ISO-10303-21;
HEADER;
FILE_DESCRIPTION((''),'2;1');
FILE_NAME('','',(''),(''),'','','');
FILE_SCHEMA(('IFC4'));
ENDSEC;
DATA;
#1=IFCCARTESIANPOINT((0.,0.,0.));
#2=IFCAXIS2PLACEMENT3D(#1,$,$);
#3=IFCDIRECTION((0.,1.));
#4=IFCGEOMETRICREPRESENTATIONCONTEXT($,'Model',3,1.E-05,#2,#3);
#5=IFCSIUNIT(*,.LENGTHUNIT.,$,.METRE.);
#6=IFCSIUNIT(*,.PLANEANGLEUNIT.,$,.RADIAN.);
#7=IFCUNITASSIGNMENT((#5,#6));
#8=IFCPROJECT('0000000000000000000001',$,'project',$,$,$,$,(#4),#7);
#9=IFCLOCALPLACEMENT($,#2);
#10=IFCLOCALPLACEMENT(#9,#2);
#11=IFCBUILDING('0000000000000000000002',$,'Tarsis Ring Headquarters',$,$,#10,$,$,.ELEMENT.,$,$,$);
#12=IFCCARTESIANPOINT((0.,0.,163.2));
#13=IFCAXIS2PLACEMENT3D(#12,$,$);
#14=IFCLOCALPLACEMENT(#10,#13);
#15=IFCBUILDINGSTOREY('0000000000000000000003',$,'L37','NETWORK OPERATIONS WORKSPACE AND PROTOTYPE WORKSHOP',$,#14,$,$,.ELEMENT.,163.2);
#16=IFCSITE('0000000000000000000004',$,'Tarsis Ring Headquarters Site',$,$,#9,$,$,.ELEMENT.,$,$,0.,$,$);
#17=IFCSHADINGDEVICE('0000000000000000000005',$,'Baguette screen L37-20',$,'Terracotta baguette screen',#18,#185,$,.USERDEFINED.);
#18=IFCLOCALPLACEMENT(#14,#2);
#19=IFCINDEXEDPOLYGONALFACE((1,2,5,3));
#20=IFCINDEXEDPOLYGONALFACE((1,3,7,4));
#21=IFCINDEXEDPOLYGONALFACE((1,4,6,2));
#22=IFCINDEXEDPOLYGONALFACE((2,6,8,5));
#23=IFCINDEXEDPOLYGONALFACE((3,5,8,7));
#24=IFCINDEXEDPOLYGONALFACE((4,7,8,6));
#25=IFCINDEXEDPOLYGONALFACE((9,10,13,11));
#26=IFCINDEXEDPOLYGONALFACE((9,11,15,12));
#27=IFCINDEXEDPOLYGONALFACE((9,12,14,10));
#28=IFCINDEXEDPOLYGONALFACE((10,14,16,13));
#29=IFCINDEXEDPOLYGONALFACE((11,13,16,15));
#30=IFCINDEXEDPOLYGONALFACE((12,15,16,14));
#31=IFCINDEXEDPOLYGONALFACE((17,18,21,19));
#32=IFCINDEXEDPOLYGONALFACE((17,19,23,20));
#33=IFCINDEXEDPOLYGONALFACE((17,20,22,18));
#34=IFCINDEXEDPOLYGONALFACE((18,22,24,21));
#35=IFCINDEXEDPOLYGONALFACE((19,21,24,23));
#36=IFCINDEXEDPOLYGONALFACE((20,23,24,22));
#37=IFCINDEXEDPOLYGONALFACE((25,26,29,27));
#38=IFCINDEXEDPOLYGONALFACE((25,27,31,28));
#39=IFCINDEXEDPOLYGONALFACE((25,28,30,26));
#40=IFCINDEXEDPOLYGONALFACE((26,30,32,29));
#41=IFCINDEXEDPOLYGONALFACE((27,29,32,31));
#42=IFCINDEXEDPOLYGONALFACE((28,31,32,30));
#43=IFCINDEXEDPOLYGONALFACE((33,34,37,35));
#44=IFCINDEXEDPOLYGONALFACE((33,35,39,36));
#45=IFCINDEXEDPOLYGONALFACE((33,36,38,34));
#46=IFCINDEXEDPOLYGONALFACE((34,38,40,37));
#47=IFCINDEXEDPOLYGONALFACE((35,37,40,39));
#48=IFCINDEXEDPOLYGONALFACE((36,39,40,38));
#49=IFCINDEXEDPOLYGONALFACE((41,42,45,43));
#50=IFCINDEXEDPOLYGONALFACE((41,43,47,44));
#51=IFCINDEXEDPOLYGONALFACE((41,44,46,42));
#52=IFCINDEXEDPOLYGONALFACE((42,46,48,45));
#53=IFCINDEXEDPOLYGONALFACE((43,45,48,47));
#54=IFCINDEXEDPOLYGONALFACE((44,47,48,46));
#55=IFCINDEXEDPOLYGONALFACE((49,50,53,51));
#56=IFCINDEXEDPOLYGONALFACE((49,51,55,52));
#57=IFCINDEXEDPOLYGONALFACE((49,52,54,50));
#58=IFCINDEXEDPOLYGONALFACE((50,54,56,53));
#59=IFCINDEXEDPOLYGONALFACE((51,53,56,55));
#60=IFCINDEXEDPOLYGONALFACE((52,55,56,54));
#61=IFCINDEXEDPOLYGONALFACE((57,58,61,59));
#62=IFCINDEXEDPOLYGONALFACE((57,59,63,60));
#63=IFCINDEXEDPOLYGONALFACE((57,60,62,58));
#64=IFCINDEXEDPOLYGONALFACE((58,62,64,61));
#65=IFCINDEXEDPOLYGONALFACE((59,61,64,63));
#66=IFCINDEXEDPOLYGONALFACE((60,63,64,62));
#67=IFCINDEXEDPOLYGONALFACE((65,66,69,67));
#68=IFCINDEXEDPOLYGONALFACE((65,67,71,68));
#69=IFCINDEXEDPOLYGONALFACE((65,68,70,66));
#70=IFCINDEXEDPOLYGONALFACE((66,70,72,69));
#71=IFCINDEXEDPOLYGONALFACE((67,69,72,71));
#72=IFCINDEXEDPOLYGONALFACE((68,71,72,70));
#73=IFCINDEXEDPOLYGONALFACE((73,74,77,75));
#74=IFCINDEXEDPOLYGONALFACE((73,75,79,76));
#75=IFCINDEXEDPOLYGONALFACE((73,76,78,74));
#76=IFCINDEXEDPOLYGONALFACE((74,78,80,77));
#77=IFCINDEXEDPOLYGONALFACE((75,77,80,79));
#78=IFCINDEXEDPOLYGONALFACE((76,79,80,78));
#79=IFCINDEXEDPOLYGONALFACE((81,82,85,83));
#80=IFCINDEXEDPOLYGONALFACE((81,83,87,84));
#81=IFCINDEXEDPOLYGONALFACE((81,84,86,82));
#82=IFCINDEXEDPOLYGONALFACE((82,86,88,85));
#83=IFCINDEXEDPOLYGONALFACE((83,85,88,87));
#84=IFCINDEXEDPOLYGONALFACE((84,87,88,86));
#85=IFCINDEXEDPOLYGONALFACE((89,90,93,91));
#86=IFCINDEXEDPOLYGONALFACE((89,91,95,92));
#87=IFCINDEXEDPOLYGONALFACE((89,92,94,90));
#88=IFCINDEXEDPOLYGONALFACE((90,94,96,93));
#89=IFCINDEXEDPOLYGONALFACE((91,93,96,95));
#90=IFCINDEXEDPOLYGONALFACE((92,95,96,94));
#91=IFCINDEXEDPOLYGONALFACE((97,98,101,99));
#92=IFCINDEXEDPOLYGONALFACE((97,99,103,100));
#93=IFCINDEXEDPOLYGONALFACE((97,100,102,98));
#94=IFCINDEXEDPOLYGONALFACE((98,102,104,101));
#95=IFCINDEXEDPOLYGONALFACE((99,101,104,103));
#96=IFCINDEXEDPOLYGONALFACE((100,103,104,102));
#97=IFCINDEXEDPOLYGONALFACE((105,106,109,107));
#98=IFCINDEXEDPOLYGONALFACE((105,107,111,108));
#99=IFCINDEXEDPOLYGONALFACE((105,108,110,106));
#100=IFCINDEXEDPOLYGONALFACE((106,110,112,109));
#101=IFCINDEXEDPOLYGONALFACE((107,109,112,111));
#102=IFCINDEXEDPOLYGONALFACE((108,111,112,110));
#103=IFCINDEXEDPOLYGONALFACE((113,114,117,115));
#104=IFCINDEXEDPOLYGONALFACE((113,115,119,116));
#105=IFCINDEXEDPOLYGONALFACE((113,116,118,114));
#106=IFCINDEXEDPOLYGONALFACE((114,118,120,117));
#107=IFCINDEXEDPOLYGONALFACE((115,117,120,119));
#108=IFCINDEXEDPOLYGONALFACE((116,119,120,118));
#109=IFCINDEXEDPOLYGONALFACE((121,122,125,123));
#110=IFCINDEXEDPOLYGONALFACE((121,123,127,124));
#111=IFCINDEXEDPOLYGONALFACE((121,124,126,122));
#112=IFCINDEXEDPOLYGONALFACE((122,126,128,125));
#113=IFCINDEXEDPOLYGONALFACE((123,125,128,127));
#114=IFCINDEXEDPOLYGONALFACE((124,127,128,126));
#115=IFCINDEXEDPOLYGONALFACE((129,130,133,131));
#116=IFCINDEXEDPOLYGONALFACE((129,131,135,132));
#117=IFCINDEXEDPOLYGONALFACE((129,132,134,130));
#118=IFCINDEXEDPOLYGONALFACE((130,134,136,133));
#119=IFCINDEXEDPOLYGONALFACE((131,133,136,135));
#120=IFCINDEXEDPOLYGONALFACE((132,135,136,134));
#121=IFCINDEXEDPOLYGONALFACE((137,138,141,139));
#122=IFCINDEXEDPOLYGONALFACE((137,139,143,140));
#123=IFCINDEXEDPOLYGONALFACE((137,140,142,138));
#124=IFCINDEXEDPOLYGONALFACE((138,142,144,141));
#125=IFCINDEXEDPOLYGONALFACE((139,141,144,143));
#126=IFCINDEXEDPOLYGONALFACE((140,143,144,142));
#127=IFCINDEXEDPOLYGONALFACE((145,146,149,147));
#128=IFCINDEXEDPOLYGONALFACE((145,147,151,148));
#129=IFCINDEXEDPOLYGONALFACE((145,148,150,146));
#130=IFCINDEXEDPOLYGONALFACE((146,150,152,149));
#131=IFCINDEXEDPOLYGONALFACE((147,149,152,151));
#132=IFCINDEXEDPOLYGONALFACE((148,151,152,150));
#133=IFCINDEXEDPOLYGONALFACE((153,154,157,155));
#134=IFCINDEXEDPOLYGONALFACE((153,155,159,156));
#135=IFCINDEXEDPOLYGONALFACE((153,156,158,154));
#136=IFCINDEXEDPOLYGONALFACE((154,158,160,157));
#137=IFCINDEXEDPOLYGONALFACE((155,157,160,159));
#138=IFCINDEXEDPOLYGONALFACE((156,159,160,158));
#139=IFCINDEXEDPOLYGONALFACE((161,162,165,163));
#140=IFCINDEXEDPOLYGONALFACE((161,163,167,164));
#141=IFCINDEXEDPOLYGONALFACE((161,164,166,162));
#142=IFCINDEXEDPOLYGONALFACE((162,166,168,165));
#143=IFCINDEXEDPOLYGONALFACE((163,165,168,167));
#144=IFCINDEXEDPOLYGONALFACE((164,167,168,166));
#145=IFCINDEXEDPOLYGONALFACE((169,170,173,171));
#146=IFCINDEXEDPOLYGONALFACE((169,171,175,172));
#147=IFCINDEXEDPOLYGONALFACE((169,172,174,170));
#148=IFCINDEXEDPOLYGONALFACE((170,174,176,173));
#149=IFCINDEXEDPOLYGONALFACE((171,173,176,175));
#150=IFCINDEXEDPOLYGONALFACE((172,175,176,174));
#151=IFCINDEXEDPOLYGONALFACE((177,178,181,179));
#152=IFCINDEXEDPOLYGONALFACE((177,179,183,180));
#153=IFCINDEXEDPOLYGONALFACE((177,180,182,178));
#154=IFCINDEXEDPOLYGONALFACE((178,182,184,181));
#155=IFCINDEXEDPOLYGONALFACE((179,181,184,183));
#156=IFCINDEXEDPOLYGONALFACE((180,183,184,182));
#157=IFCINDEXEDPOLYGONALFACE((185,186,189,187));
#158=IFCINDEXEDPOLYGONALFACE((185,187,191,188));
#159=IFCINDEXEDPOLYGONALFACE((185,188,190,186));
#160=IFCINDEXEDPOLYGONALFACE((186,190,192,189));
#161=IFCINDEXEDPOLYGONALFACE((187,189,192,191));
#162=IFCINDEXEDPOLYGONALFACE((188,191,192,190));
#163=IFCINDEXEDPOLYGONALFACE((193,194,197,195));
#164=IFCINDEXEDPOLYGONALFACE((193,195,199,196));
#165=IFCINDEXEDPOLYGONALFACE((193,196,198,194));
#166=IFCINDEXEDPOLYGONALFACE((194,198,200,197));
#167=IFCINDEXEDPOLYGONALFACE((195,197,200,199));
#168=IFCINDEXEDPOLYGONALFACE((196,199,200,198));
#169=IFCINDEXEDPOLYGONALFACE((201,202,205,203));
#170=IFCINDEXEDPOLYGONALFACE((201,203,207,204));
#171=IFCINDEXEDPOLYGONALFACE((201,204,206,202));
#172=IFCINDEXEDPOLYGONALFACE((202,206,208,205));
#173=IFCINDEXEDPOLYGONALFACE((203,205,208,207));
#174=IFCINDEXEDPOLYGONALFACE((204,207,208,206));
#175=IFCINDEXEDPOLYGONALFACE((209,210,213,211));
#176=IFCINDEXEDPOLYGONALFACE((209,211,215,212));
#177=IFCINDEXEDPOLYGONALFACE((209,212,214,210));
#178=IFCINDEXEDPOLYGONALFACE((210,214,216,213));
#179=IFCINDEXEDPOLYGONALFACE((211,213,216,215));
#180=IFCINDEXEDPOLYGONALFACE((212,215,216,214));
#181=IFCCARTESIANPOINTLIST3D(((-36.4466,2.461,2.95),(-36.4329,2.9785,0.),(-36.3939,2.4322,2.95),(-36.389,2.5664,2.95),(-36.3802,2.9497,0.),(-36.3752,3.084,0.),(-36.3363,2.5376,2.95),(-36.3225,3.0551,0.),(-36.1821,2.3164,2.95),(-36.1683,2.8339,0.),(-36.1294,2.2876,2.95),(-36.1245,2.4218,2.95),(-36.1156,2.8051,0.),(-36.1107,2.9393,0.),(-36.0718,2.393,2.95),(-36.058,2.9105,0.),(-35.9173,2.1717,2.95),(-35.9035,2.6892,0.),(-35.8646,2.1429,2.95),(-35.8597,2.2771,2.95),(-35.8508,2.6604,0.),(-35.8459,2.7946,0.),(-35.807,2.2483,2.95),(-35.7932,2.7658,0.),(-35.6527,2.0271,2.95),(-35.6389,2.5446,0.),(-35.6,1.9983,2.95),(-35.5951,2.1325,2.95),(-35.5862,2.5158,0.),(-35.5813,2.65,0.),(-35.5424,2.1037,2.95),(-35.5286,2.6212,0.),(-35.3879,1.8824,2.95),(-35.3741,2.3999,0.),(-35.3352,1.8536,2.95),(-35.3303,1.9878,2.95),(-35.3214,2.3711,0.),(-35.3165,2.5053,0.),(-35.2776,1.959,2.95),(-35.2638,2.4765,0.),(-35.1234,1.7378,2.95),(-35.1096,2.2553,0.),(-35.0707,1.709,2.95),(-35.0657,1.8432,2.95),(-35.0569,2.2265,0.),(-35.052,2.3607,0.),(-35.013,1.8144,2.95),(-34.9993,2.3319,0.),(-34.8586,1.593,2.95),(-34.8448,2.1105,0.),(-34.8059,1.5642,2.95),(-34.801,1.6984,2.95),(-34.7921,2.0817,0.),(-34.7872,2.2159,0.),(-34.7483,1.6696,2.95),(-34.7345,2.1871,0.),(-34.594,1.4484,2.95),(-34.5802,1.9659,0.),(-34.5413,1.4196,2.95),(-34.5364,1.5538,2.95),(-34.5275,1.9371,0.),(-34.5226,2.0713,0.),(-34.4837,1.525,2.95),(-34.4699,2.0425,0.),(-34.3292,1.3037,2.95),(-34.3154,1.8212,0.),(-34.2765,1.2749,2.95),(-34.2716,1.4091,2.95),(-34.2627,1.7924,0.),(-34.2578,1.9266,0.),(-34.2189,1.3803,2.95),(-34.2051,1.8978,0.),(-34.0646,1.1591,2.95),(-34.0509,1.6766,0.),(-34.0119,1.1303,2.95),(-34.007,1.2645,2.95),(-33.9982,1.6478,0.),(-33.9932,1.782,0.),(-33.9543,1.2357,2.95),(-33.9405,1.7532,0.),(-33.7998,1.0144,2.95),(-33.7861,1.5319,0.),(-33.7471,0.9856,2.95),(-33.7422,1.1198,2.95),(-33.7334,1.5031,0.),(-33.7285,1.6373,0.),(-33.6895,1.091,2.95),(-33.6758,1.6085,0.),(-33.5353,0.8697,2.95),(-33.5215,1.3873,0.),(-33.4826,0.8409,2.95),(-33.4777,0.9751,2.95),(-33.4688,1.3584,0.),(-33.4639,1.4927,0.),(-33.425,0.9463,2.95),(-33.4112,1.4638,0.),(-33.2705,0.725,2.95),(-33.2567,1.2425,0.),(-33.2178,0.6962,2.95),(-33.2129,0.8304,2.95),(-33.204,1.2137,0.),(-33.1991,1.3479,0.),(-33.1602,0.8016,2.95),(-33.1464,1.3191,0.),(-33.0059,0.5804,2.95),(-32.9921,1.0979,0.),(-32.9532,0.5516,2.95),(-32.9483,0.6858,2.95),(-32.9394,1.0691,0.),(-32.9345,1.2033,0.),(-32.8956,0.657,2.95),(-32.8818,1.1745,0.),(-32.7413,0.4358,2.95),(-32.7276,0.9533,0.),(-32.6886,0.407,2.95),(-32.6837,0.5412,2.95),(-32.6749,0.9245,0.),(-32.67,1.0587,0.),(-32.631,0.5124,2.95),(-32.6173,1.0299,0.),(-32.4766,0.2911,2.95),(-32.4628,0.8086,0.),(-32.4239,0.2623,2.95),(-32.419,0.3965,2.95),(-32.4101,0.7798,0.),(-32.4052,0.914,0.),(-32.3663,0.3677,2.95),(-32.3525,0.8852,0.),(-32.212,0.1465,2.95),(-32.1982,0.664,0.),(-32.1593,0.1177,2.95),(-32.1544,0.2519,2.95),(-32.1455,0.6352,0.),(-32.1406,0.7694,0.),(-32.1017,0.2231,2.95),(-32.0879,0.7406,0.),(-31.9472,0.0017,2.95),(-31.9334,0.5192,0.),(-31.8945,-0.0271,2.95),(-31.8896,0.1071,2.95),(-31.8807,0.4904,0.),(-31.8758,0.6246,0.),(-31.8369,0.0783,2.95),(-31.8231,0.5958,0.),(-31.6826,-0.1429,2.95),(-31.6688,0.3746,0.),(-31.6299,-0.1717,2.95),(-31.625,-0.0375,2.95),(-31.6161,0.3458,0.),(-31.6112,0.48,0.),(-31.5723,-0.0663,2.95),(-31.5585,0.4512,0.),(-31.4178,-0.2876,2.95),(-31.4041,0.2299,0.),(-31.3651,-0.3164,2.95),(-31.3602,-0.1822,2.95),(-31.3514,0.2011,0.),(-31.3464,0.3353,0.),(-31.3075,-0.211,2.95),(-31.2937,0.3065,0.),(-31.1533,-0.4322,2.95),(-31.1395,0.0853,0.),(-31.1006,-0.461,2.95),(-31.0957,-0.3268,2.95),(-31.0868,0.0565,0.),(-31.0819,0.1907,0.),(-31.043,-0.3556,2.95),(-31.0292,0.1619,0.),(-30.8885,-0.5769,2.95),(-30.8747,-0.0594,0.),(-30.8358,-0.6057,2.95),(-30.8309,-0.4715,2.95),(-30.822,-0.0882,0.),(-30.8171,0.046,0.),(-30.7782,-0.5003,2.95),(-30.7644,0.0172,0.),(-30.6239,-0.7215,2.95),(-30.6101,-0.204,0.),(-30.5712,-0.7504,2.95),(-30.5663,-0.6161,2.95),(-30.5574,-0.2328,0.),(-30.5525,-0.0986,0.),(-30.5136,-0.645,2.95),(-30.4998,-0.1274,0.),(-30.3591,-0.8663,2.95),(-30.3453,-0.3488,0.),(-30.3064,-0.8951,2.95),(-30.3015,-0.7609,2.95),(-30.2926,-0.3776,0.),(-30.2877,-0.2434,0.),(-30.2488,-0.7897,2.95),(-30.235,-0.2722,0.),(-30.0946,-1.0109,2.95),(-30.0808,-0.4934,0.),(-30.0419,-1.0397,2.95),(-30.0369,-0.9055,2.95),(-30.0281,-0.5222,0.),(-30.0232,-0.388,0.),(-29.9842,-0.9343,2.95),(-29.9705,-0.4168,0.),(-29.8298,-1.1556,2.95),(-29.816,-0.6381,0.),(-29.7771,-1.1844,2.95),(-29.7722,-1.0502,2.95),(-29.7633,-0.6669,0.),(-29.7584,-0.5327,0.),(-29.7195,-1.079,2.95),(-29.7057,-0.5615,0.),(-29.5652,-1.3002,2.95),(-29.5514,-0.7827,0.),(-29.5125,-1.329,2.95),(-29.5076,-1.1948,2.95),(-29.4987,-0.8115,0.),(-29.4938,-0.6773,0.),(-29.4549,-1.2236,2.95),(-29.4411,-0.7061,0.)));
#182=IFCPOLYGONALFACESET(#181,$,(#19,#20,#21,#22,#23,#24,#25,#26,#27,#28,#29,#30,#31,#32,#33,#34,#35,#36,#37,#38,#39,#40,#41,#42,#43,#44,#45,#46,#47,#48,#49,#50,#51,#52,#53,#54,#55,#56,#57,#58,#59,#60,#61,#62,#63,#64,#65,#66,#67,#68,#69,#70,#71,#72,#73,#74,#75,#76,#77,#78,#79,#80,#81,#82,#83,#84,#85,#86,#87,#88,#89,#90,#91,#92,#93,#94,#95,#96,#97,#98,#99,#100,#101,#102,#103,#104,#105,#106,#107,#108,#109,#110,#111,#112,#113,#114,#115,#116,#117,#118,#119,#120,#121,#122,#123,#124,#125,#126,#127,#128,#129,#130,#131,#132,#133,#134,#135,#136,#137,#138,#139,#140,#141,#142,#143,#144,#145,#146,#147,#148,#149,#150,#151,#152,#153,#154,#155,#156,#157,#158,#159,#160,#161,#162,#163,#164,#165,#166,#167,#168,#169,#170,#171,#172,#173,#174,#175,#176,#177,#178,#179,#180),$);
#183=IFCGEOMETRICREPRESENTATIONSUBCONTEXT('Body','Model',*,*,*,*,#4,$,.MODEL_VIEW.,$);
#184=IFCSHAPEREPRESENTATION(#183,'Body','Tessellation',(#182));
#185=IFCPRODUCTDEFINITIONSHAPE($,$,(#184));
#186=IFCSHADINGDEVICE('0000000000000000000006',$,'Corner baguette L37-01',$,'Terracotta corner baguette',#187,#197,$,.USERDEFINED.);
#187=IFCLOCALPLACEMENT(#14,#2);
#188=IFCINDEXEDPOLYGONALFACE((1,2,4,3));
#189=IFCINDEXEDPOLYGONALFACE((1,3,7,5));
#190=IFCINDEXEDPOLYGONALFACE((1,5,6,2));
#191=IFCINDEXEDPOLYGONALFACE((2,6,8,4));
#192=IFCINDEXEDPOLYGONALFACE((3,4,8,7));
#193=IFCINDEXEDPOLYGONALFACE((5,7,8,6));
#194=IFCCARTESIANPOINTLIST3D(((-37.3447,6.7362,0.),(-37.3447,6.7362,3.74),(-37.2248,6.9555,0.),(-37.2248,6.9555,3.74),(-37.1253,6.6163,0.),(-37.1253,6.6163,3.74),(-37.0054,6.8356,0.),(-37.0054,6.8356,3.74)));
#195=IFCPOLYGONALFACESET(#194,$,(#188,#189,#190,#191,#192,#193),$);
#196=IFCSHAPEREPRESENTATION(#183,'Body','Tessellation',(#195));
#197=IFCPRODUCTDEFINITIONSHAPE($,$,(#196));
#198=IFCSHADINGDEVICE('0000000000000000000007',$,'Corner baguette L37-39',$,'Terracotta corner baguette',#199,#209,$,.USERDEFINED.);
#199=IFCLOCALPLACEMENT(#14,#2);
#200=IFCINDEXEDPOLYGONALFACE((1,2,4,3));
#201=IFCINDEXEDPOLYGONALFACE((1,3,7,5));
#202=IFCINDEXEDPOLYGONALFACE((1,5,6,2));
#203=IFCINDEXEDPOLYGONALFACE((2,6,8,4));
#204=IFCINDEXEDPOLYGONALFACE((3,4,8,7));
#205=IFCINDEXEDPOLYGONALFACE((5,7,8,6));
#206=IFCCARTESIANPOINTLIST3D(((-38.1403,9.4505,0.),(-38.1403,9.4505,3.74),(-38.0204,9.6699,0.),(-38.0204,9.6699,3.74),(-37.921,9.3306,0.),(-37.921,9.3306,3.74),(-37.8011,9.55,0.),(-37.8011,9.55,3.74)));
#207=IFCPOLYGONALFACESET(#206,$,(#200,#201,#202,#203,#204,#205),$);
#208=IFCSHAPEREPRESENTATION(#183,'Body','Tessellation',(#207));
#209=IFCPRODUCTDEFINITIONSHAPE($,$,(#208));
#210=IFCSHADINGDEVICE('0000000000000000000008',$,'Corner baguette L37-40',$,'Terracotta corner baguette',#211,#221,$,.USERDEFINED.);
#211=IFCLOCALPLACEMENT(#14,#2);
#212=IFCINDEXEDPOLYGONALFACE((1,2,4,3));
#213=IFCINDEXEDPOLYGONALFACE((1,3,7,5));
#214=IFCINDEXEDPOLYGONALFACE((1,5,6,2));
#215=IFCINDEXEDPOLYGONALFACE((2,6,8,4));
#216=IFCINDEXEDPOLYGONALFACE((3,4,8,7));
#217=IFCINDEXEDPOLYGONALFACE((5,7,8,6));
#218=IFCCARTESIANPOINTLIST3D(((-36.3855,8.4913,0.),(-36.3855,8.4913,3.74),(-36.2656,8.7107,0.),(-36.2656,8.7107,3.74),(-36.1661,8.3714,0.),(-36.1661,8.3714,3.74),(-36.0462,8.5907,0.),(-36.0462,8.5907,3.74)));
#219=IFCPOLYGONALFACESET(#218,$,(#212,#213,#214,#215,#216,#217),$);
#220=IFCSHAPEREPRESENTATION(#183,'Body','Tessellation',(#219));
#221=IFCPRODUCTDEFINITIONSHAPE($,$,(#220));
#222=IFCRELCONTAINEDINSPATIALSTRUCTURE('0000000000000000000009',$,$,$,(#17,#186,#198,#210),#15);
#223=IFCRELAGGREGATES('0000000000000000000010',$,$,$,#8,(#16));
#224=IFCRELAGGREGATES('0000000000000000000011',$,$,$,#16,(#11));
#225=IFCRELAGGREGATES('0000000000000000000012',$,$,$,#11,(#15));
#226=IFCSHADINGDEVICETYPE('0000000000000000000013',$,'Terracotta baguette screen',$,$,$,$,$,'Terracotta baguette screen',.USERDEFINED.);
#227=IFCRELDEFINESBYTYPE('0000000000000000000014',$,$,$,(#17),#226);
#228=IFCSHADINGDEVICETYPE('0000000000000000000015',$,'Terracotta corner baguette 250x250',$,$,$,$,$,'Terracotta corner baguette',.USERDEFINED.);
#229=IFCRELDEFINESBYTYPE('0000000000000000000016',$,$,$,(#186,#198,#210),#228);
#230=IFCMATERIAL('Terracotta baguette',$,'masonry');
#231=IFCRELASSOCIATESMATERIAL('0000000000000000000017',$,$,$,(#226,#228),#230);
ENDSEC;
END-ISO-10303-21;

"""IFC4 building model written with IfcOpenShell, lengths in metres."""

from ifc_helpers import new_model, si_unit, direction, frame, frame_2d, origin, origin_2d, place, context, subcontext, project, spatial, rectangle, composite_profile, extrude, material, type_object, element, save


model = new_model("IFC4")

# Units and contexts
model_context = context("Model", 3, precision=1e-05, world=origin(), true_north=direction((0.0, 1.0)))
body_context = subcontext(model_context, "Body", "Model", "MODEL_VIEW")
ifc_project = project(units=[si_unit("LENGTHUNIT", "METRE"), si_unit("PLANEANGLEUNIT", "RADIAN")], contexts=[model_context])

# Site, building, storey
site_placement = place(None, origin())
site = spatial("IfcSite", under=ifc_project, at=site_placement, Name="Tarsis Ring Headquarters Site", CompositionType="ELEMENT", RefElevation=0.0)
building_placement = place(site_placement, origin())
building = spatial("IfcBuilding", under=site, at=building_placement, Name="Tarsis Ring Headquarters", CompositionType="ELEMENT")
storey_placement = place(building_placement, frame((0.0, 0.0, 163.2)))
storey = spatial("IfcBuildingStorey", under=building, at=storey_placement, Name="L37", Description="NETWORK OPERATIONS WORKSPACE AND PROTOTYPE WORKSHOP", CompositionType="ELEMENT", Elevation=163.2)

# Shading devices
ifc_material_1 = material(Name="Terracotta baguette", Category="masonry")
shading_device_type_1 = type_object("IfcShadingDeviceType", Name="Terracotta baguette screen", ElementType="Terracotta baguette screen", PredefinedType="USERDEFINED", material=ifc_material_1)
shading_device_1_placement = place(storey_placement, frame((-36.4041, 3.0312, 0.0), z_axis=(0.0, 0.0, 1.0), x_axis=(0.877472, -0.479609, 0.0)))
element("IfcShadingDevice", 1, at=shading_device_1_placement, inside=storey, type_object=shading_device_type_1, Name="Baguette screen L37-20", ObjectType="Terracotta baguette screen", PredefinedType="USERDEFINED", context=body_context, shape_type="SweptSolid", body=[
    extrude(composite_profile([rectangle(XDim=0.0601, YDim=0.1201, at=frame_2d((0.03, 0.0))), rectangle(XDim=0.0601, YDim=0.1201, at=frame_2d((0.3315, 0.0))), rectangle(XDim=0.0601, YDim=0.1201, at=frame_2d((0.6333, 0.0))), rectangle(XDim=0.0601, YDim=0.1201, at=frame_2d((0.9348, 0.0))), rectangle(XDim=0.0601, YDim=0.1201, at=frame_2d((1.2366, 0.0))), rectangle(XDim=0.0601, YDim=0.1201, at=frame_2d((1.5381, 0.0))), rectangle(XDim=0.0601, YDim=0.1201, at=frame_2d((1.8398, 0.0))), rectangle(XDim=0.0601, YDim=0.1201, at=frame_2d((2.1414, 0.0))), rectangle(XDim=0.0601, YDim=0.1201, at=frame_2d((2.4431, 0.0))), rectangle(XDim=0.0601, YDim=0.1201, at=frame_2d((2.7446, 0.0))), rectangle(XDim=0.0601, YDim=0.1201, at=frame_2d((3.0464, 0.0))), rectangle(XDim=0.0601, YDim=0.1201, at=frame_2d((3.3479, 0.0))), rectangle(XDim=0.0601, YDim=0.1201, at=frame_2d((3.6497, 0.0))), rectangle(XDim=0.0601, YDim=0.1201, at=frame_2d((3.9512, 0.0))), rectangle(XDim=0.0601, YDim=0.1201, at=frame_2d((4.2527, 0.0))), rectangle(XDim=0.0601, YDim=0.1201, at=frame_2d((4.5544, 0.0))), rectangle(XDim=0.0601, YDim=0.1201, at=frame_2d((4.856, 0.0))), rectangle(XDim=0.0601, YDim=0.1201, at=frame_2d((5.1577, 0.0))), rectangle(XDim=0.0601, YDim=0.1201, at=frame_2d((5.4592, 0.0))), rectangle(XDim=0.0601, YDim=0.1201, at=frame_2d((5.761, 0.0))), rectangle(XDim=0.0601, YDim=0.1201, at=frame_2d((6.0625, 0.0))), rectangle(XDim=0.0601, YDim=0.1201, at=frame_2d((6.3643, 0.0))), rectangle(XDim=0.0601, YDim=0.1201, at=frame_2d((6.6658, 0.0))), rectangle(XDim=0.0601, YDim=0.1201, at=frame_2d((6.9675, 0.0))), rectangle(XDim=0.0601, YDim=0.1201, at=frame_2d((7.269, 0.0))), rectangle(XDim=0.0601, YDim=0.1201, at=frame_2d((7.5708, 0.0))), rectangle(XDim=0.0601, YDim=0.1201, at=frame_2d((7.8723, 0.0)))]), origin(), (0.078831, -0.153821, 0.984949), 2.9951),
])
shading_device_type_2 = type_object("IfcShadingDeviceType", Name="Terracotta corner baguette 250x250", ElementType="Terracotta corner baguette", PredefinedType="USERDEFINED", material=ifc_material_1)
for number, where, z_axis, x_axis, name in (
    (2, (-37.175, 6.7859, 0.0), (0.0, 0.0, 1.0), (-0.479611, -0.877481, 0.0), "Corner baguette L37-01"),
    (3, (-37.9707, 9.5002, 0.0), (0.0, 0.0, 1.0), (-0.479611, -0.877481, 0.0), "Corner baguette L37-39"),
    (4, (-36.2158, 8.541, 0.0), (0.0, 0.0, 1.0), (0.877481, -0.479611, 0.0), "Corner baguette L37-40"),
):
    element("IfcShadingDevice", number, at=place(storey_placement, frame(where, z_axis=z_axis, x_axis=x_axis)), inside=storey, type_object=shading_device_type_2, Name=name, ObjectType="Terracotta corner baguette", PredefinedType="USERDEFINED", context=body_context, shape_type="SweptSolid", body=[
        extrude(rectangle(XDim=0.25, YDim=0.25, at=origin_2d()), origin(), (0.0, 0.0, 1.0), 3.74),
    ])

save(model, "model.ifc")
